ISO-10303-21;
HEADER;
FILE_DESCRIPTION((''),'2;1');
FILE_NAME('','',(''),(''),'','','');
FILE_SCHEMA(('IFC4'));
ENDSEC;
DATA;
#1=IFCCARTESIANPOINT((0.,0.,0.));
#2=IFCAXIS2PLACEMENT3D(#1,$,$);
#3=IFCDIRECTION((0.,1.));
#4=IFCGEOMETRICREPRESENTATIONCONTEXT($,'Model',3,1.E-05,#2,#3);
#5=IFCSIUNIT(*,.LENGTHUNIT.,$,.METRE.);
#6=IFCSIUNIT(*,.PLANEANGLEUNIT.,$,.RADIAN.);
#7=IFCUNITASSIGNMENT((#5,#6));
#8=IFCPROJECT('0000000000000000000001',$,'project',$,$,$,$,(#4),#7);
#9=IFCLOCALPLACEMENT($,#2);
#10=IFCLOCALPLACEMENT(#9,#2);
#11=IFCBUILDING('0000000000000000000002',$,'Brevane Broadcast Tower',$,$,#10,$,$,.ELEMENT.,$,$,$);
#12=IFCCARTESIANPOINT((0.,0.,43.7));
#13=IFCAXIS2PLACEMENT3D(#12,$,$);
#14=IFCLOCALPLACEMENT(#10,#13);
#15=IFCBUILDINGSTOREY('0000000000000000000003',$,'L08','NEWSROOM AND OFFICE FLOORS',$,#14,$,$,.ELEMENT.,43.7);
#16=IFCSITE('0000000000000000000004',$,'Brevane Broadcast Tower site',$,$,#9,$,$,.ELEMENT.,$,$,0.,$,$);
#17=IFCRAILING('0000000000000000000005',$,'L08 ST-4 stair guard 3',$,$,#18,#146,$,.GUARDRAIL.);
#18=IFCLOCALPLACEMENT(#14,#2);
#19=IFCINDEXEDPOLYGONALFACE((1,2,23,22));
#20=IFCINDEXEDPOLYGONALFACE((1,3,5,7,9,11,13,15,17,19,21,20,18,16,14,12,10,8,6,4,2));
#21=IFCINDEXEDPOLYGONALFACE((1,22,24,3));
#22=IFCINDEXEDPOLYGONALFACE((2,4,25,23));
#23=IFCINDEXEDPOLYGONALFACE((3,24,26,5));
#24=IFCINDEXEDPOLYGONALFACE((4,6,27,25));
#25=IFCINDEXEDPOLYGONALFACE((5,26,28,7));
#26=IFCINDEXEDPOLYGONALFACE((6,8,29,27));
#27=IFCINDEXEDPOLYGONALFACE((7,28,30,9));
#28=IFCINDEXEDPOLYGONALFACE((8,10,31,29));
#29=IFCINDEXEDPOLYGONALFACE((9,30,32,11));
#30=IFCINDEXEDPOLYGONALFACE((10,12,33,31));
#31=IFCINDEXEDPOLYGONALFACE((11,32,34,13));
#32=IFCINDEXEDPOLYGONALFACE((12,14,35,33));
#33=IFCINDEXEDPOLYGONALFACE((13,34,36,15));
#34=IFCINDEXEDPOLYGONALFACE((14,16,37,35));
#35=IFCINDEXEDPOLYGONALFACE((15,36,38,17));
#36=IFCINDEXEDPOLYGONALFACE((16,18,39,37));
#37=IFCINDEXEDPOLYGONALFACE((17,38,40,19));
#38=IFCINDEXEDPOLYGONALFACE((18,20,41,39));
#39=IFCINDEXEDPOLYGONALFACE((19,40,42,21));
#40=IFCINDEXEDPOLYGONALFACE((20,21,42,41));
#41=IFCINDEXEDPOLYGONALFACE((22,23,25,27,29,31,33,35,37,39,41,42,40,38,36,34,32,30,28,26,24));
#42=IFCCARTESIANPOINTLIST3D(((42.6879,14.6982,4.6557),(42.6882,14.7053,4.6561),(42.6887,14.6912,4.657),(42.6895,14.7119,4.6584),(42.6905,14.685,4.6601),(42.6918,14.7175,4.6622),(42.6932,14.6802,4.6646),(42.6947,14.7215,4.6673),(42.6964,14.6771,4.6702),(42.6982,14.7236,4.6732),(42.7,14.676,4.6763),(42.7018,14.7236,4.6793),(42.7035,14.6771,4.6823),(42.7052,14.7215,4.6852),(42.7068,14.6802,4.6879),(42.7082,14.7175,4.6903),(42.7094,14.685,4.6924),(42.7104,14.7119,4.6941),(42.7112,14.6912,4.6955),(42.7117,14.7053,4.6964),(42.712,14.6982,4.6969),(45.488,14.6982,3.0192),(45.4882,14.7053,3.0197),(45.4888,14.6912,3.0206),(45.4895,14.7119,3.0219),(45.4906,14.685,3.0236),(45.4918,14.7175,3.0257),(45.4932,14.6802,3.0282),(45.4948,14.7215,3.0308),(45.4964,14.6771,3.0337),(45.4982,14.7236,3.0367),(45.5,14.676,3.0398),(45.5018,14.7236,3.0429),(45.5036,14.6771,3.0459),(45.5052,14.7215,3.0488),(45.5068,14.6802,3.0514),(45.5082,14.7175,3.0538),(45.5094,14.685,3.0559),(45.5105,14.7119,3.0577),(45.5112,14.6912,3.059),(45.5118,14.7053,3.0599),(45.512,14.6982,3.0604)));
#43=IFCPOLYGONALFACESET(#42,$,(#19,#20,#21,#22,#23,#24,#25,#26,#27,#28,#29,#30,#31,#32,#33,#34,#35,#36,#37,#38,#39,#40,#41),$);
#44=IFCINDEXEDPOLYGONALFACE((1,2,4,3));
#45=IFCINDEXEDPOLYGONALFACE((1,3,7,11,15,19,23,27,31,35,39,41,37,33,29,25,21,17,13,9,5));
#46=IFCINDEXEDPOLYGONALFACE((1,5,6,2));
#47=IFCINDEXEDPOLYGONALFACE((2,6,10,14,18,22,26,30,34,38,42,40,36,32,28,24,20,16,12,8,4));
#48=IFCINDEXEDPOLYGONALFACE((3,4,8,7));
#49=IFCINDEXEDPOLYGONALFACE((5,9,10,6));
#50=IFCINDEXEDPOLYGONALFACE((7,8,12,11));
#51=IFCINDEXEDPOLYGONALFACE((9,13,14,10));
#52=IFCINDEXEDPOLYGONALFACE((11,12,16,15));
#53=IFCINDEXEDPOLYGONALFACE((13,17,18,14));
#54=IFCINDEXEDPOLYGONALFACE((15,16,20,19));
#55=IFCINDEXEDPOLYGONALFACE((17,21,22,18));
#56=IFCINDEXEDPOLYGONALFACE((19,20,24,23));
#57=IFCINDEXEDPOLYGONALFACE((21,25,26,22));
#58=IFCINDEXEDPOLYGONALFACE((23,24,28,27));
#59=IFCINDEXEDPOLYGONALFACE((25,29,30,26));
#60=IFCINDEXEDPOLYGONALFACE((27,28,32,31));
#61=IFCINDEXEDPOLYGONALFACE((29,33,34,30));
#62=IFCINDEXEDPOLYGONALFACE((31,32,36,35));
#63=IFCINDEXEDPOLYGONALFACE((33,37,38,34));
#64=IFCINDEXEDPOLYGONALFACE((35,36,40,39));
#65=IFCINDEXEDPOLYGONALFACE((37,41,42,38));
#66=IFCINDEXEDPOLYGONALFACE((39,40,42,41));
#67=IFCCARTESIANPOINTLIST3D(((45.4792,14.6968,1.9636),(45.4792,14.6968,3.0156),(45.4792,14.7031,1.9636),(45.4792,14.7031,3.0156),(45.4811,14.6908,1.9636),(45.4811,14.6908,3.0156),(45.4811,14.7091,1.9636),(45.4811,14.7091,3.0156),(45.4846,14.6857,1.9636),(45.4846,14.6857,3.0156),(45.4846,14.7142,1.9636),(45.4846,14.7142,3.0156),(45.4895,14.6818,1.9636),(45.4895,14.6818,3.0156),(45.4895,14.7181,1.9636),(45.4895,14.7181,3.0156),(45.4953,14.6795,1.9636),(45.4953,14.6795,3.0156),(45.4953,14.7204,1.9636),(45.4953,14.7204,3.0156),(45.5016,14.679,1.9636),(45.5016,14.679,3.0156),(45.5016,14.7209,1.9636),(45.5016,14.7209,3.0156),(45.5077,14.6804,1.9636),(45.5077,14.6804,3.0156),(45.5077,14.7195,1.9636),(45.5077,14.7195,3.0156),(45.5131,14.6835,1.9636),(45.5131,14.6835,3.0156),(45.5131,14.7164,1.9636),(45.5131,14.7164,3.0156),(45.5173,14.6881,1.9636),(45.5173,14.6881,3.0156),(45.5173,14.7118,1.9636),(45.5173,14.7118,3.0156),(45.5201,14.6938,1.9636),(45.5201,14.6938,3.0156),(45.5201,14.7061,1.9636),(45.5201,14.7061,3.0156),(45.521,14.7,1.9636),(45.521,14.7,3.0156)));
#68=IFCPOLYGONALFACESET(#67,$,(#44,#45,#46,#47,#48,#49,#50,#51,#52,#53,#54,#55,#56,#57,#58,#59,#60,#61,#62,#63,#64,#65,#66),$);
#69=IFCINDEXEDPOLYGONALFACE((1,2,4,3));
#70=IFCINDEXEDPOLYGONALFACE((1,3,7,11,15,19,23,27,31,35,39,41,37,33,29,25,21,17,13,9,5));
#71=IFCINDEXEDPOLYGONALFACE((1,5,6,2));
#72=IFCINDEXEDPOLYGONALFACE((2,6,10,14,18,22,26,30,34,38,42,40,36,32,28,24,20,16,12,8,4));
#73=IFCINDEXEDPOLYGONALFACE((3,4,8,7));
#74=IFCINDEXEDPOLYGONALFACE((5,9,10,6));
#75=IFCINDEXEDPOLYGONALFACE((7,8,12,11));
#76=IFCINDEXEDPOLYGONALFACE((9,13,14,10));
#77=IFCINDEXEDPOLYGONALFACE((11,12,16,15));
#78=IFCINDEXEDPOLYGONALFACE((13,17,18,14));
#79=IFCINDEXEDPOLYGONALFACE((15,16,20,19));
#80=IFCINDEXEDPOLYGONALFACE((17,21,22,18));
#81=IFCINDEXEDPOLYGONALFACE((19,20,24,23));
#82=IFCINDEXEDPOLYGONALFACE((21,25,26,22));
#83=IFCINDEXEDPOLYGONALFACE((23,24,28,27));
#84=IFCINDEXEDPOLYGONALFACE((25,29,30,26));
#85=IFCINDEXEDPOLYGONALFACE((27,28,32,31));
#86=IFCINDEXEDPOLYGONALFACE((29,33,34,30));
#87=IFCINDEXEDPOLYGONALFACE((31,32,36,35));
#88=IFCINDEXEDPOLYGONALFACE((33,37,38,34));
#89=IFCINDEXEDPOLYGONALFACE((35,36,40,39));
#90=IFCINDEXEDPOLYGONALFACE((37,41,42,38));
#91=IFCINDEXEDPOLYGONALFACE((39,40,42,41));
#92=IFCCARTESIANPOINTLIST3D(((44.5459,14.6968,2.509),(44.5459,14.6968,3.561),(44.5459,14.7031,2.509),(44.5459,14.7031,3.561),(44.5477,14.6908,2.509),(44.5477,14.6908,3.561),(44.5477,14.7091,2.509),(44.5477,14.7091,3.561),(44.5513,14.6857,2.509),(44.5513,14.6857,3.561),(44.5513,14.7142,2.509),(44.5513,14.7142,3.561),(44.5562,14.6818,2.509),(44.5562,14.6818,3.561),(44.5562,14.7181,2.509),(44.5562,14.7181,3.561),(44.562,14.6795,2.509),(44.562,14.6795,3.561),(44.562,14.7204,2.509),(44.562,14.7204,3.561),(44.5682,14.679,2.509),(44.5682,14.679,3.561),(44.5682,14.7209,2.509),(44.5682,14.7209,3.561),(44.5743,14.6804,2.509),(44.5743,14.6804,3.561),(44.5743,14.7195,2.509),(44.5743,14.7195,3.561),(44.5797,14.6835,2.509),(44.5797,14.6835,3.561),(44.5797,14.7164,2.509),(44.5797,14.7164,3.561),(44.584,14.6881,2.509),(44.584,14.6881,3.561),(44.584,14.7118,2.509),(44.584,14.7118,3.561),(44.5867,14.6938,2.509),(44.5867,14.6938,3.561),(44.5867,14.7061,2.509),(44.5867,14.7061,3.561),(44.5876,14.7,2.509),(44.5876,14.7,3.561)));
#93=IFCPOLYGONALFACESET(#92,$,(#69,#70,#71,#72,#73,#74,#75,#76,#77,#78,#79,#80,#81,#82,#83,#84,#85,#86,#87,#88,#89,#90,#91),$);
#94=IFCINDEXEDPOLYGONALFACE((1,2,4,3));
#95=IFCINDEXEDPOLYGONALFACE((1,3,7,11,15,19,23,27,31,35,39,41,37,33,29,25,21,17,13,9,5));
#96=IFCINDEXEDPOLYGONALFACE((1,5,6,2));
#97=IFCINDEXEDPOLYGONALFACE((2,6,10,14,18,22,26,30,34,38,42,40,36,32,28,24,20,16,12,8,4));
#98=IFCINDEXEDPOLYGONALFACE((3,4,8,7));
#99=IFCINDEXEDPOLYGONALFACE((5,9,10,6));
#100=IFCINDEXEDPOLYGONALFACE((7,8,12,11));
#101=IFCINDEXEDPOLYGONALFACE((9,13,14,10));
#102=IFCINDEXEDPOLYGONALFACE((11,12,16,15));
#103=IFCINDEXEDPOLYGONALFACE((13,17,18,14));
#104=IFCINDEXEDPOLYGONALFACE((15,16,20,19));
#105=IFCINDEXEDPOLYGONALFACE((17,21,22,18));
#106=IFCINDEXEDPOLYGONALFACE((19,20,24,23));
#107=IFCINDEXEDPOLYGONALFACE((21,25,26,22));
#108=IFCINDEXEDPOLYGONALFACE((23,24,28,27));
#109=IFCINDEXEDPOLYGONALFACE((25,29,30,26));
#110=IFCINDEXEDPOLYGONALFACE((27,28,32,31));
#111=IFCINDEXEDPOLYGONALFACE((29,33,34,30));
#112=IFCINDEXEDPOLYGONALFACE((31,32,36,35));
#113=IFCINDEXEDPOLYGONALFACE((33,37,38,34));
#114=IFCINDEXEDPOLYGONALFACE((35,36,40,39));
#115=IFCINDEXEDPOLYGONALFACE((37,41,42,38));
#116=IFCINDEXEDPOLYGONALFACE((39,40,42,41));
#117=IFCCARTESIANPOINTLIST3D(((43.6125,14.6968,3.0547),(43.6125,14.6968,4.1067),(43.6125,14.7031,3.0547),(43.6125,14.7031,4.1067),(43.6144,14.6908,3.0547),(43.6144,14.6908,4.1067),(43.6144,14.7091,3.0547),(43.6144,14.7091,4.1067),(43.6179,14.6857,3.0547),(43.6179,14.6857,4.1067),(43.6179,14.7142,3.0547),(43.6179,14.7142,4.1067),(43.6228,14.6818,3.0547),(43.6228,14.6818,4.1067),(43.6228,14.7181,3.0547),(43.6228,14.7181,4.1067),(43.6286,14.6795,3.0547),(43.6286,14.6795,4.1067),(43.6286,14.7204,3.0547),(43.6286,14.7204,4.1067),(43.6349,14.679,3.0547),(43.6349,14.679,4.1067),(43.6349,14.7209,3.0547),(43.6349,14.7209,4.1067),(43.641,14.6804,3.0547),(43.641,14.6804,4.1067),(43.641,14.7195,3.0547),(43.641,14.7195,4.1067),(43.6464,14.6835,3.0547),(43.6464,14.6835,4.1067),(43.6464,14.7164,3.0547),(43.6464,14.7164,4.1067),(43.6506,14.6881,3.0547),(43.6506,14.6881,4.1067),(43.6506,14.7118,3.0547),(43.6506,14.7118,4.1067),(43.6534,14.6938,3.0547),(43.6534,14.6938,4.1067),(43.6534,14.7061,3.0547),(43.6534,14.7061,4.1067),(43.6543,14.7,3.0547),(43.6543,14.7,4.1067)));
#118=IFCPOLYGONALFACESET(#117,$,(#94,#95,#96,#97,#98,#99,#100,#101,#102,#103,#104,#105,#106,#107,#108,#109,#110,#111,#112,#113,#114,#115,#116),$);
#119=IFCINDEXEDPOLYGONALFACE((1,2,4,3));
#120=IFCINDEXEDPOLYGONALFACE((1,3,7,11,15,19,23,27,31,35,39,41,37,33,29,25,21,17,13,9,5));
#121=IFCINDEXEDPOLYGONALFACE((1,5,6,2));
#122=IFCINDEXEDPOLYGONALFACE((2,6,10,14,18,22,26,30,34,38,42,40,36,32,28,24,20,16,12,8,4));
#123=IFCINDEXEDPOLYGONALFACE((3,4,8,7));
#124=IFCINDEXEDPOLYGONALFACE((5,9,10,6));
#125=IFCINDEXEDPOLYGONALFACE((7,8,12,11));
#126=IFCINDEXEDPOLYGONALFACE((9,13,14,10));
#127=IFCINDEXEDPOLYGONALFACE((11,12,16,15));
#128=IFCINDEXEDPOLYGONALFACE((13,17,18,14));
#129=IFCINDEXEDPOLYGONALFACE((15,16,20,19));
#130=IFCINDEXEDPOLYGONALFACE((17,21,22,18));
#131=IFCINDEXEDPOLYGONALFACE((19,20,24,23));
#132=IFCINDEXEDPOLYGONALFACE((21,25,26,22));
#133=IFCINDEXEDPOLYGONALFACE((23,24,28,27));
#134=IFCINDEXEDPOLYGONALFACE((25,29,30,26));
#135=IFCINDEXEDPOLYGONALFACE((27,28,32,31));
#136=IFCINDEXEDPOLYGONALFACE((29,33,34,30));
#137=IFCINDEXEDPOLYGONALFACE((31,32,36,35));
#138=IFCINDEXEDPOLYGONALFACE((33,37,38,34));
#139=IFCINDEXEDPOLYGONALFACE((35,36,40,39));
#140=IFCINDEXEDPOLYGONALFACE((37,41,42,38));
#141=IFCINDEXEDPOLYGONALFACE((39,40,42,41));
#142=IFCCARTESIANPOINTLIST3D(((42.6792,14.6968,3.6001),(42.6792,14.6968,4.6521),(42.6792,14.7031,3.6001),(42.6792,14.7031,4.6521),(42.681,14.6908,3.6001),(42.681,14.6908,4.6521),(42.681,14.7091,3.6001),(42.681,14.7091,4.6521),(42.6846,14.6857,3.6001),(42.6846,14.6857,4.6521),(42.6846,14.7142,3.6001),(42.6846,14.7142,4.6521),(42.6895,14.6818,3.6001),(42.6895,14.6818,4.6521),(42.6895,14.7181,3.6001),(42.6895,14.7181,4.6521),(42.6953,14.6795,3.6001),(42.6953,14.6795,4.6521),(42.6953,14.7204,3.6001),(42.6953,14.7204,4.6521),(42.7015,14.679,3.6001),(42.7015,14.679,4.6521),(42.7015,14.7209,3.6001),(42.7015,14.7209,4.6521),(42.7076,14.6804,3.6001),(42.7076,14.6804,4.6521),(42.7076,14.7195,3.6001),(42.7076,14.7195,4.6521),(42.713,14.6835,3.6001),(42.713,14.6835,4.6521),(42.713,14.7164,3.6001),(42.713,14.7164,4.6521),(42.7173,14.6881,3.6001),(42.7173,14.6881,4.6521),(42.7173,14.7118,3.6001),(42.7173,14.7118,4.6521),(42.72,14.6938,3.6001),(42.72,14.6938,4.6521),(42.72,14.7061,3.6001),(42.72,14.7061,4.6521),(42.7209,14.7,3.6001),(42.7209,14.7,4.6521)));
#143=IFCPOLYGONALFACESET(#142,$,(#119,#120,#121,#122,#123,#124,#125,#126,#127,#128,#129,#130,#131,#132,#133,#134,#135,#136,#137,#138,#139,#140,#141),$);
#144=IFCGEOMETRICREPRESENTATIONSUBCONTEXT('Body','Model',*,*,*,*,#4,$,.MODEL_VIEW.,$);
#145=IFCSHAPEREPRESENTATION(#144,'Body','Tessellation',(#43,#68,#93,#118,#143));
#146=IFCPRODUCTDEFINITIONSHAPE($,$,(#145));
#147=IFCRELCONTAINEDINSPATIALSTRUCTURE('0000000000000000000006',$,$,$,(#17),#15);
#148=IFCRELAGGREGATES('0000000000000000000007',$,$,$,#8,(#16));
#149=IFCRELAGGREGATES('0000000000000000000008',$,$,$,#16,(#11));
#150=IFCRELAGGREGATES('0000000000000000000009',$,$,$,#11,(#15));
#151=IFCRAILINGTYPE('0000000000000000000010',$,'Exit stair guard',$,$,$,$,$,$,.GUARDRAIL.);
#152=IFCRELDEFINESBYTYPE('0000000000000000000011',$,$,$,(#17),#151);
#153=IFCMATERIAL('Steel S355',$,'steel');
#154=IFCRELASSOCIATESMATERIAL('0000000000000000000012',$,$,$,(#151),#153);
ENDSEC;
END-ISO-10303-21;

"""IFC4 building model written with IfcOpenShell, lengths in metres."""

from ifc_helpers import new_model, si_unit, direction, frame, origin, origin_2d, place, context, subcontext, project, spatial, circle, extrude, material, type_object, element, save


model = new_model("IFC4")

# Units and contexts
model_context = context("Model", 3, precision=1e-05, world=origin(), true_north=direction((0.0, 1.0)))
body_context = subcontext(model_context, "Body", "Model", "MODEL_VIEW")
ifc_project = project(units=[si_unit("LENGTHUNIT", "METRE"), si_unit("PLANEANGLEUNIT", "RADIAN")], contexts=[model_context])

# Site, building, storey
site_placement = place(None, origin())
site = spatial("IfcSite", under=ifc_project, at=site_placement, Name="Brevane Broadcast Tower site", CompositionType="ELEMENT", RefElevation=0.0)
building_placement = place(site_placement, origin())
building = spatial("IfcBuilding", under=site, at=building_placement, Name="Brevane Broadcast Tower", CompositionType="ELEMENT")
storey_placement = place(building_placement, frame((0.0, 0.0, 43.7)))
storey = spatial("IfcBuildingStorey", under=building, at=storey_placement, Name="L08", Description="NEWSROOM AND OFFICE FLOORS", CompositionType="ELEMENT", Elevation=43.7)

# Railing
ifc_material_1 = material(Name="Steel S355", Category="steel")
railing_type_1 = type_object("IfcRailingType", Name="Exit stair guard", PredefinedType="GUARDRAIL", material=ifc_material_1)
railing_1_placement = place(storey_placement, frame((45.5, 14.7, 1.9636)))
element("IfcRailing", 1, at=railing_1_placement, inside=storey, type_object=railing_type_1, Name="L08 ST-4 stair guard 3", PredefinedType="GUARDRAIL", context=body_context, shape_type="SweptSolid", body=[
    extrude(circle(Radius=0.0239, at=origin_2d()), frame((0.0, 0.0, 1.0762), z_axis=(-0.863361, 0.0, 0.504587), x_axis=(0.0, -1.0, 0.0)), (0.0, 0.0, 1.0), 3.2432),
    extrude(circle(Radius=0.021, at=origin_2d()), origin(), (0.0, 0.0, 1.0), 1.052),
    extrude(circle(Radius=0.021, at=origin_2d()), frame((-0.9333, 0.0, 0.5454)), (0.0, 0.0, 1.0), 1.052),
    extrude(circle(Radius=0.021, at=origin_2d()), frame((-1.8667, 0.0, 1.0911)), (0.0, 0.0, 1.0), 1.052),
    extrude(circle(Radius=0.021, at=origin_2d()), frame((-2.8, 0.0, 1.6365)), (0.0, 0.0, 1.0), 1.052),
])

save(model, "model.ifc")
